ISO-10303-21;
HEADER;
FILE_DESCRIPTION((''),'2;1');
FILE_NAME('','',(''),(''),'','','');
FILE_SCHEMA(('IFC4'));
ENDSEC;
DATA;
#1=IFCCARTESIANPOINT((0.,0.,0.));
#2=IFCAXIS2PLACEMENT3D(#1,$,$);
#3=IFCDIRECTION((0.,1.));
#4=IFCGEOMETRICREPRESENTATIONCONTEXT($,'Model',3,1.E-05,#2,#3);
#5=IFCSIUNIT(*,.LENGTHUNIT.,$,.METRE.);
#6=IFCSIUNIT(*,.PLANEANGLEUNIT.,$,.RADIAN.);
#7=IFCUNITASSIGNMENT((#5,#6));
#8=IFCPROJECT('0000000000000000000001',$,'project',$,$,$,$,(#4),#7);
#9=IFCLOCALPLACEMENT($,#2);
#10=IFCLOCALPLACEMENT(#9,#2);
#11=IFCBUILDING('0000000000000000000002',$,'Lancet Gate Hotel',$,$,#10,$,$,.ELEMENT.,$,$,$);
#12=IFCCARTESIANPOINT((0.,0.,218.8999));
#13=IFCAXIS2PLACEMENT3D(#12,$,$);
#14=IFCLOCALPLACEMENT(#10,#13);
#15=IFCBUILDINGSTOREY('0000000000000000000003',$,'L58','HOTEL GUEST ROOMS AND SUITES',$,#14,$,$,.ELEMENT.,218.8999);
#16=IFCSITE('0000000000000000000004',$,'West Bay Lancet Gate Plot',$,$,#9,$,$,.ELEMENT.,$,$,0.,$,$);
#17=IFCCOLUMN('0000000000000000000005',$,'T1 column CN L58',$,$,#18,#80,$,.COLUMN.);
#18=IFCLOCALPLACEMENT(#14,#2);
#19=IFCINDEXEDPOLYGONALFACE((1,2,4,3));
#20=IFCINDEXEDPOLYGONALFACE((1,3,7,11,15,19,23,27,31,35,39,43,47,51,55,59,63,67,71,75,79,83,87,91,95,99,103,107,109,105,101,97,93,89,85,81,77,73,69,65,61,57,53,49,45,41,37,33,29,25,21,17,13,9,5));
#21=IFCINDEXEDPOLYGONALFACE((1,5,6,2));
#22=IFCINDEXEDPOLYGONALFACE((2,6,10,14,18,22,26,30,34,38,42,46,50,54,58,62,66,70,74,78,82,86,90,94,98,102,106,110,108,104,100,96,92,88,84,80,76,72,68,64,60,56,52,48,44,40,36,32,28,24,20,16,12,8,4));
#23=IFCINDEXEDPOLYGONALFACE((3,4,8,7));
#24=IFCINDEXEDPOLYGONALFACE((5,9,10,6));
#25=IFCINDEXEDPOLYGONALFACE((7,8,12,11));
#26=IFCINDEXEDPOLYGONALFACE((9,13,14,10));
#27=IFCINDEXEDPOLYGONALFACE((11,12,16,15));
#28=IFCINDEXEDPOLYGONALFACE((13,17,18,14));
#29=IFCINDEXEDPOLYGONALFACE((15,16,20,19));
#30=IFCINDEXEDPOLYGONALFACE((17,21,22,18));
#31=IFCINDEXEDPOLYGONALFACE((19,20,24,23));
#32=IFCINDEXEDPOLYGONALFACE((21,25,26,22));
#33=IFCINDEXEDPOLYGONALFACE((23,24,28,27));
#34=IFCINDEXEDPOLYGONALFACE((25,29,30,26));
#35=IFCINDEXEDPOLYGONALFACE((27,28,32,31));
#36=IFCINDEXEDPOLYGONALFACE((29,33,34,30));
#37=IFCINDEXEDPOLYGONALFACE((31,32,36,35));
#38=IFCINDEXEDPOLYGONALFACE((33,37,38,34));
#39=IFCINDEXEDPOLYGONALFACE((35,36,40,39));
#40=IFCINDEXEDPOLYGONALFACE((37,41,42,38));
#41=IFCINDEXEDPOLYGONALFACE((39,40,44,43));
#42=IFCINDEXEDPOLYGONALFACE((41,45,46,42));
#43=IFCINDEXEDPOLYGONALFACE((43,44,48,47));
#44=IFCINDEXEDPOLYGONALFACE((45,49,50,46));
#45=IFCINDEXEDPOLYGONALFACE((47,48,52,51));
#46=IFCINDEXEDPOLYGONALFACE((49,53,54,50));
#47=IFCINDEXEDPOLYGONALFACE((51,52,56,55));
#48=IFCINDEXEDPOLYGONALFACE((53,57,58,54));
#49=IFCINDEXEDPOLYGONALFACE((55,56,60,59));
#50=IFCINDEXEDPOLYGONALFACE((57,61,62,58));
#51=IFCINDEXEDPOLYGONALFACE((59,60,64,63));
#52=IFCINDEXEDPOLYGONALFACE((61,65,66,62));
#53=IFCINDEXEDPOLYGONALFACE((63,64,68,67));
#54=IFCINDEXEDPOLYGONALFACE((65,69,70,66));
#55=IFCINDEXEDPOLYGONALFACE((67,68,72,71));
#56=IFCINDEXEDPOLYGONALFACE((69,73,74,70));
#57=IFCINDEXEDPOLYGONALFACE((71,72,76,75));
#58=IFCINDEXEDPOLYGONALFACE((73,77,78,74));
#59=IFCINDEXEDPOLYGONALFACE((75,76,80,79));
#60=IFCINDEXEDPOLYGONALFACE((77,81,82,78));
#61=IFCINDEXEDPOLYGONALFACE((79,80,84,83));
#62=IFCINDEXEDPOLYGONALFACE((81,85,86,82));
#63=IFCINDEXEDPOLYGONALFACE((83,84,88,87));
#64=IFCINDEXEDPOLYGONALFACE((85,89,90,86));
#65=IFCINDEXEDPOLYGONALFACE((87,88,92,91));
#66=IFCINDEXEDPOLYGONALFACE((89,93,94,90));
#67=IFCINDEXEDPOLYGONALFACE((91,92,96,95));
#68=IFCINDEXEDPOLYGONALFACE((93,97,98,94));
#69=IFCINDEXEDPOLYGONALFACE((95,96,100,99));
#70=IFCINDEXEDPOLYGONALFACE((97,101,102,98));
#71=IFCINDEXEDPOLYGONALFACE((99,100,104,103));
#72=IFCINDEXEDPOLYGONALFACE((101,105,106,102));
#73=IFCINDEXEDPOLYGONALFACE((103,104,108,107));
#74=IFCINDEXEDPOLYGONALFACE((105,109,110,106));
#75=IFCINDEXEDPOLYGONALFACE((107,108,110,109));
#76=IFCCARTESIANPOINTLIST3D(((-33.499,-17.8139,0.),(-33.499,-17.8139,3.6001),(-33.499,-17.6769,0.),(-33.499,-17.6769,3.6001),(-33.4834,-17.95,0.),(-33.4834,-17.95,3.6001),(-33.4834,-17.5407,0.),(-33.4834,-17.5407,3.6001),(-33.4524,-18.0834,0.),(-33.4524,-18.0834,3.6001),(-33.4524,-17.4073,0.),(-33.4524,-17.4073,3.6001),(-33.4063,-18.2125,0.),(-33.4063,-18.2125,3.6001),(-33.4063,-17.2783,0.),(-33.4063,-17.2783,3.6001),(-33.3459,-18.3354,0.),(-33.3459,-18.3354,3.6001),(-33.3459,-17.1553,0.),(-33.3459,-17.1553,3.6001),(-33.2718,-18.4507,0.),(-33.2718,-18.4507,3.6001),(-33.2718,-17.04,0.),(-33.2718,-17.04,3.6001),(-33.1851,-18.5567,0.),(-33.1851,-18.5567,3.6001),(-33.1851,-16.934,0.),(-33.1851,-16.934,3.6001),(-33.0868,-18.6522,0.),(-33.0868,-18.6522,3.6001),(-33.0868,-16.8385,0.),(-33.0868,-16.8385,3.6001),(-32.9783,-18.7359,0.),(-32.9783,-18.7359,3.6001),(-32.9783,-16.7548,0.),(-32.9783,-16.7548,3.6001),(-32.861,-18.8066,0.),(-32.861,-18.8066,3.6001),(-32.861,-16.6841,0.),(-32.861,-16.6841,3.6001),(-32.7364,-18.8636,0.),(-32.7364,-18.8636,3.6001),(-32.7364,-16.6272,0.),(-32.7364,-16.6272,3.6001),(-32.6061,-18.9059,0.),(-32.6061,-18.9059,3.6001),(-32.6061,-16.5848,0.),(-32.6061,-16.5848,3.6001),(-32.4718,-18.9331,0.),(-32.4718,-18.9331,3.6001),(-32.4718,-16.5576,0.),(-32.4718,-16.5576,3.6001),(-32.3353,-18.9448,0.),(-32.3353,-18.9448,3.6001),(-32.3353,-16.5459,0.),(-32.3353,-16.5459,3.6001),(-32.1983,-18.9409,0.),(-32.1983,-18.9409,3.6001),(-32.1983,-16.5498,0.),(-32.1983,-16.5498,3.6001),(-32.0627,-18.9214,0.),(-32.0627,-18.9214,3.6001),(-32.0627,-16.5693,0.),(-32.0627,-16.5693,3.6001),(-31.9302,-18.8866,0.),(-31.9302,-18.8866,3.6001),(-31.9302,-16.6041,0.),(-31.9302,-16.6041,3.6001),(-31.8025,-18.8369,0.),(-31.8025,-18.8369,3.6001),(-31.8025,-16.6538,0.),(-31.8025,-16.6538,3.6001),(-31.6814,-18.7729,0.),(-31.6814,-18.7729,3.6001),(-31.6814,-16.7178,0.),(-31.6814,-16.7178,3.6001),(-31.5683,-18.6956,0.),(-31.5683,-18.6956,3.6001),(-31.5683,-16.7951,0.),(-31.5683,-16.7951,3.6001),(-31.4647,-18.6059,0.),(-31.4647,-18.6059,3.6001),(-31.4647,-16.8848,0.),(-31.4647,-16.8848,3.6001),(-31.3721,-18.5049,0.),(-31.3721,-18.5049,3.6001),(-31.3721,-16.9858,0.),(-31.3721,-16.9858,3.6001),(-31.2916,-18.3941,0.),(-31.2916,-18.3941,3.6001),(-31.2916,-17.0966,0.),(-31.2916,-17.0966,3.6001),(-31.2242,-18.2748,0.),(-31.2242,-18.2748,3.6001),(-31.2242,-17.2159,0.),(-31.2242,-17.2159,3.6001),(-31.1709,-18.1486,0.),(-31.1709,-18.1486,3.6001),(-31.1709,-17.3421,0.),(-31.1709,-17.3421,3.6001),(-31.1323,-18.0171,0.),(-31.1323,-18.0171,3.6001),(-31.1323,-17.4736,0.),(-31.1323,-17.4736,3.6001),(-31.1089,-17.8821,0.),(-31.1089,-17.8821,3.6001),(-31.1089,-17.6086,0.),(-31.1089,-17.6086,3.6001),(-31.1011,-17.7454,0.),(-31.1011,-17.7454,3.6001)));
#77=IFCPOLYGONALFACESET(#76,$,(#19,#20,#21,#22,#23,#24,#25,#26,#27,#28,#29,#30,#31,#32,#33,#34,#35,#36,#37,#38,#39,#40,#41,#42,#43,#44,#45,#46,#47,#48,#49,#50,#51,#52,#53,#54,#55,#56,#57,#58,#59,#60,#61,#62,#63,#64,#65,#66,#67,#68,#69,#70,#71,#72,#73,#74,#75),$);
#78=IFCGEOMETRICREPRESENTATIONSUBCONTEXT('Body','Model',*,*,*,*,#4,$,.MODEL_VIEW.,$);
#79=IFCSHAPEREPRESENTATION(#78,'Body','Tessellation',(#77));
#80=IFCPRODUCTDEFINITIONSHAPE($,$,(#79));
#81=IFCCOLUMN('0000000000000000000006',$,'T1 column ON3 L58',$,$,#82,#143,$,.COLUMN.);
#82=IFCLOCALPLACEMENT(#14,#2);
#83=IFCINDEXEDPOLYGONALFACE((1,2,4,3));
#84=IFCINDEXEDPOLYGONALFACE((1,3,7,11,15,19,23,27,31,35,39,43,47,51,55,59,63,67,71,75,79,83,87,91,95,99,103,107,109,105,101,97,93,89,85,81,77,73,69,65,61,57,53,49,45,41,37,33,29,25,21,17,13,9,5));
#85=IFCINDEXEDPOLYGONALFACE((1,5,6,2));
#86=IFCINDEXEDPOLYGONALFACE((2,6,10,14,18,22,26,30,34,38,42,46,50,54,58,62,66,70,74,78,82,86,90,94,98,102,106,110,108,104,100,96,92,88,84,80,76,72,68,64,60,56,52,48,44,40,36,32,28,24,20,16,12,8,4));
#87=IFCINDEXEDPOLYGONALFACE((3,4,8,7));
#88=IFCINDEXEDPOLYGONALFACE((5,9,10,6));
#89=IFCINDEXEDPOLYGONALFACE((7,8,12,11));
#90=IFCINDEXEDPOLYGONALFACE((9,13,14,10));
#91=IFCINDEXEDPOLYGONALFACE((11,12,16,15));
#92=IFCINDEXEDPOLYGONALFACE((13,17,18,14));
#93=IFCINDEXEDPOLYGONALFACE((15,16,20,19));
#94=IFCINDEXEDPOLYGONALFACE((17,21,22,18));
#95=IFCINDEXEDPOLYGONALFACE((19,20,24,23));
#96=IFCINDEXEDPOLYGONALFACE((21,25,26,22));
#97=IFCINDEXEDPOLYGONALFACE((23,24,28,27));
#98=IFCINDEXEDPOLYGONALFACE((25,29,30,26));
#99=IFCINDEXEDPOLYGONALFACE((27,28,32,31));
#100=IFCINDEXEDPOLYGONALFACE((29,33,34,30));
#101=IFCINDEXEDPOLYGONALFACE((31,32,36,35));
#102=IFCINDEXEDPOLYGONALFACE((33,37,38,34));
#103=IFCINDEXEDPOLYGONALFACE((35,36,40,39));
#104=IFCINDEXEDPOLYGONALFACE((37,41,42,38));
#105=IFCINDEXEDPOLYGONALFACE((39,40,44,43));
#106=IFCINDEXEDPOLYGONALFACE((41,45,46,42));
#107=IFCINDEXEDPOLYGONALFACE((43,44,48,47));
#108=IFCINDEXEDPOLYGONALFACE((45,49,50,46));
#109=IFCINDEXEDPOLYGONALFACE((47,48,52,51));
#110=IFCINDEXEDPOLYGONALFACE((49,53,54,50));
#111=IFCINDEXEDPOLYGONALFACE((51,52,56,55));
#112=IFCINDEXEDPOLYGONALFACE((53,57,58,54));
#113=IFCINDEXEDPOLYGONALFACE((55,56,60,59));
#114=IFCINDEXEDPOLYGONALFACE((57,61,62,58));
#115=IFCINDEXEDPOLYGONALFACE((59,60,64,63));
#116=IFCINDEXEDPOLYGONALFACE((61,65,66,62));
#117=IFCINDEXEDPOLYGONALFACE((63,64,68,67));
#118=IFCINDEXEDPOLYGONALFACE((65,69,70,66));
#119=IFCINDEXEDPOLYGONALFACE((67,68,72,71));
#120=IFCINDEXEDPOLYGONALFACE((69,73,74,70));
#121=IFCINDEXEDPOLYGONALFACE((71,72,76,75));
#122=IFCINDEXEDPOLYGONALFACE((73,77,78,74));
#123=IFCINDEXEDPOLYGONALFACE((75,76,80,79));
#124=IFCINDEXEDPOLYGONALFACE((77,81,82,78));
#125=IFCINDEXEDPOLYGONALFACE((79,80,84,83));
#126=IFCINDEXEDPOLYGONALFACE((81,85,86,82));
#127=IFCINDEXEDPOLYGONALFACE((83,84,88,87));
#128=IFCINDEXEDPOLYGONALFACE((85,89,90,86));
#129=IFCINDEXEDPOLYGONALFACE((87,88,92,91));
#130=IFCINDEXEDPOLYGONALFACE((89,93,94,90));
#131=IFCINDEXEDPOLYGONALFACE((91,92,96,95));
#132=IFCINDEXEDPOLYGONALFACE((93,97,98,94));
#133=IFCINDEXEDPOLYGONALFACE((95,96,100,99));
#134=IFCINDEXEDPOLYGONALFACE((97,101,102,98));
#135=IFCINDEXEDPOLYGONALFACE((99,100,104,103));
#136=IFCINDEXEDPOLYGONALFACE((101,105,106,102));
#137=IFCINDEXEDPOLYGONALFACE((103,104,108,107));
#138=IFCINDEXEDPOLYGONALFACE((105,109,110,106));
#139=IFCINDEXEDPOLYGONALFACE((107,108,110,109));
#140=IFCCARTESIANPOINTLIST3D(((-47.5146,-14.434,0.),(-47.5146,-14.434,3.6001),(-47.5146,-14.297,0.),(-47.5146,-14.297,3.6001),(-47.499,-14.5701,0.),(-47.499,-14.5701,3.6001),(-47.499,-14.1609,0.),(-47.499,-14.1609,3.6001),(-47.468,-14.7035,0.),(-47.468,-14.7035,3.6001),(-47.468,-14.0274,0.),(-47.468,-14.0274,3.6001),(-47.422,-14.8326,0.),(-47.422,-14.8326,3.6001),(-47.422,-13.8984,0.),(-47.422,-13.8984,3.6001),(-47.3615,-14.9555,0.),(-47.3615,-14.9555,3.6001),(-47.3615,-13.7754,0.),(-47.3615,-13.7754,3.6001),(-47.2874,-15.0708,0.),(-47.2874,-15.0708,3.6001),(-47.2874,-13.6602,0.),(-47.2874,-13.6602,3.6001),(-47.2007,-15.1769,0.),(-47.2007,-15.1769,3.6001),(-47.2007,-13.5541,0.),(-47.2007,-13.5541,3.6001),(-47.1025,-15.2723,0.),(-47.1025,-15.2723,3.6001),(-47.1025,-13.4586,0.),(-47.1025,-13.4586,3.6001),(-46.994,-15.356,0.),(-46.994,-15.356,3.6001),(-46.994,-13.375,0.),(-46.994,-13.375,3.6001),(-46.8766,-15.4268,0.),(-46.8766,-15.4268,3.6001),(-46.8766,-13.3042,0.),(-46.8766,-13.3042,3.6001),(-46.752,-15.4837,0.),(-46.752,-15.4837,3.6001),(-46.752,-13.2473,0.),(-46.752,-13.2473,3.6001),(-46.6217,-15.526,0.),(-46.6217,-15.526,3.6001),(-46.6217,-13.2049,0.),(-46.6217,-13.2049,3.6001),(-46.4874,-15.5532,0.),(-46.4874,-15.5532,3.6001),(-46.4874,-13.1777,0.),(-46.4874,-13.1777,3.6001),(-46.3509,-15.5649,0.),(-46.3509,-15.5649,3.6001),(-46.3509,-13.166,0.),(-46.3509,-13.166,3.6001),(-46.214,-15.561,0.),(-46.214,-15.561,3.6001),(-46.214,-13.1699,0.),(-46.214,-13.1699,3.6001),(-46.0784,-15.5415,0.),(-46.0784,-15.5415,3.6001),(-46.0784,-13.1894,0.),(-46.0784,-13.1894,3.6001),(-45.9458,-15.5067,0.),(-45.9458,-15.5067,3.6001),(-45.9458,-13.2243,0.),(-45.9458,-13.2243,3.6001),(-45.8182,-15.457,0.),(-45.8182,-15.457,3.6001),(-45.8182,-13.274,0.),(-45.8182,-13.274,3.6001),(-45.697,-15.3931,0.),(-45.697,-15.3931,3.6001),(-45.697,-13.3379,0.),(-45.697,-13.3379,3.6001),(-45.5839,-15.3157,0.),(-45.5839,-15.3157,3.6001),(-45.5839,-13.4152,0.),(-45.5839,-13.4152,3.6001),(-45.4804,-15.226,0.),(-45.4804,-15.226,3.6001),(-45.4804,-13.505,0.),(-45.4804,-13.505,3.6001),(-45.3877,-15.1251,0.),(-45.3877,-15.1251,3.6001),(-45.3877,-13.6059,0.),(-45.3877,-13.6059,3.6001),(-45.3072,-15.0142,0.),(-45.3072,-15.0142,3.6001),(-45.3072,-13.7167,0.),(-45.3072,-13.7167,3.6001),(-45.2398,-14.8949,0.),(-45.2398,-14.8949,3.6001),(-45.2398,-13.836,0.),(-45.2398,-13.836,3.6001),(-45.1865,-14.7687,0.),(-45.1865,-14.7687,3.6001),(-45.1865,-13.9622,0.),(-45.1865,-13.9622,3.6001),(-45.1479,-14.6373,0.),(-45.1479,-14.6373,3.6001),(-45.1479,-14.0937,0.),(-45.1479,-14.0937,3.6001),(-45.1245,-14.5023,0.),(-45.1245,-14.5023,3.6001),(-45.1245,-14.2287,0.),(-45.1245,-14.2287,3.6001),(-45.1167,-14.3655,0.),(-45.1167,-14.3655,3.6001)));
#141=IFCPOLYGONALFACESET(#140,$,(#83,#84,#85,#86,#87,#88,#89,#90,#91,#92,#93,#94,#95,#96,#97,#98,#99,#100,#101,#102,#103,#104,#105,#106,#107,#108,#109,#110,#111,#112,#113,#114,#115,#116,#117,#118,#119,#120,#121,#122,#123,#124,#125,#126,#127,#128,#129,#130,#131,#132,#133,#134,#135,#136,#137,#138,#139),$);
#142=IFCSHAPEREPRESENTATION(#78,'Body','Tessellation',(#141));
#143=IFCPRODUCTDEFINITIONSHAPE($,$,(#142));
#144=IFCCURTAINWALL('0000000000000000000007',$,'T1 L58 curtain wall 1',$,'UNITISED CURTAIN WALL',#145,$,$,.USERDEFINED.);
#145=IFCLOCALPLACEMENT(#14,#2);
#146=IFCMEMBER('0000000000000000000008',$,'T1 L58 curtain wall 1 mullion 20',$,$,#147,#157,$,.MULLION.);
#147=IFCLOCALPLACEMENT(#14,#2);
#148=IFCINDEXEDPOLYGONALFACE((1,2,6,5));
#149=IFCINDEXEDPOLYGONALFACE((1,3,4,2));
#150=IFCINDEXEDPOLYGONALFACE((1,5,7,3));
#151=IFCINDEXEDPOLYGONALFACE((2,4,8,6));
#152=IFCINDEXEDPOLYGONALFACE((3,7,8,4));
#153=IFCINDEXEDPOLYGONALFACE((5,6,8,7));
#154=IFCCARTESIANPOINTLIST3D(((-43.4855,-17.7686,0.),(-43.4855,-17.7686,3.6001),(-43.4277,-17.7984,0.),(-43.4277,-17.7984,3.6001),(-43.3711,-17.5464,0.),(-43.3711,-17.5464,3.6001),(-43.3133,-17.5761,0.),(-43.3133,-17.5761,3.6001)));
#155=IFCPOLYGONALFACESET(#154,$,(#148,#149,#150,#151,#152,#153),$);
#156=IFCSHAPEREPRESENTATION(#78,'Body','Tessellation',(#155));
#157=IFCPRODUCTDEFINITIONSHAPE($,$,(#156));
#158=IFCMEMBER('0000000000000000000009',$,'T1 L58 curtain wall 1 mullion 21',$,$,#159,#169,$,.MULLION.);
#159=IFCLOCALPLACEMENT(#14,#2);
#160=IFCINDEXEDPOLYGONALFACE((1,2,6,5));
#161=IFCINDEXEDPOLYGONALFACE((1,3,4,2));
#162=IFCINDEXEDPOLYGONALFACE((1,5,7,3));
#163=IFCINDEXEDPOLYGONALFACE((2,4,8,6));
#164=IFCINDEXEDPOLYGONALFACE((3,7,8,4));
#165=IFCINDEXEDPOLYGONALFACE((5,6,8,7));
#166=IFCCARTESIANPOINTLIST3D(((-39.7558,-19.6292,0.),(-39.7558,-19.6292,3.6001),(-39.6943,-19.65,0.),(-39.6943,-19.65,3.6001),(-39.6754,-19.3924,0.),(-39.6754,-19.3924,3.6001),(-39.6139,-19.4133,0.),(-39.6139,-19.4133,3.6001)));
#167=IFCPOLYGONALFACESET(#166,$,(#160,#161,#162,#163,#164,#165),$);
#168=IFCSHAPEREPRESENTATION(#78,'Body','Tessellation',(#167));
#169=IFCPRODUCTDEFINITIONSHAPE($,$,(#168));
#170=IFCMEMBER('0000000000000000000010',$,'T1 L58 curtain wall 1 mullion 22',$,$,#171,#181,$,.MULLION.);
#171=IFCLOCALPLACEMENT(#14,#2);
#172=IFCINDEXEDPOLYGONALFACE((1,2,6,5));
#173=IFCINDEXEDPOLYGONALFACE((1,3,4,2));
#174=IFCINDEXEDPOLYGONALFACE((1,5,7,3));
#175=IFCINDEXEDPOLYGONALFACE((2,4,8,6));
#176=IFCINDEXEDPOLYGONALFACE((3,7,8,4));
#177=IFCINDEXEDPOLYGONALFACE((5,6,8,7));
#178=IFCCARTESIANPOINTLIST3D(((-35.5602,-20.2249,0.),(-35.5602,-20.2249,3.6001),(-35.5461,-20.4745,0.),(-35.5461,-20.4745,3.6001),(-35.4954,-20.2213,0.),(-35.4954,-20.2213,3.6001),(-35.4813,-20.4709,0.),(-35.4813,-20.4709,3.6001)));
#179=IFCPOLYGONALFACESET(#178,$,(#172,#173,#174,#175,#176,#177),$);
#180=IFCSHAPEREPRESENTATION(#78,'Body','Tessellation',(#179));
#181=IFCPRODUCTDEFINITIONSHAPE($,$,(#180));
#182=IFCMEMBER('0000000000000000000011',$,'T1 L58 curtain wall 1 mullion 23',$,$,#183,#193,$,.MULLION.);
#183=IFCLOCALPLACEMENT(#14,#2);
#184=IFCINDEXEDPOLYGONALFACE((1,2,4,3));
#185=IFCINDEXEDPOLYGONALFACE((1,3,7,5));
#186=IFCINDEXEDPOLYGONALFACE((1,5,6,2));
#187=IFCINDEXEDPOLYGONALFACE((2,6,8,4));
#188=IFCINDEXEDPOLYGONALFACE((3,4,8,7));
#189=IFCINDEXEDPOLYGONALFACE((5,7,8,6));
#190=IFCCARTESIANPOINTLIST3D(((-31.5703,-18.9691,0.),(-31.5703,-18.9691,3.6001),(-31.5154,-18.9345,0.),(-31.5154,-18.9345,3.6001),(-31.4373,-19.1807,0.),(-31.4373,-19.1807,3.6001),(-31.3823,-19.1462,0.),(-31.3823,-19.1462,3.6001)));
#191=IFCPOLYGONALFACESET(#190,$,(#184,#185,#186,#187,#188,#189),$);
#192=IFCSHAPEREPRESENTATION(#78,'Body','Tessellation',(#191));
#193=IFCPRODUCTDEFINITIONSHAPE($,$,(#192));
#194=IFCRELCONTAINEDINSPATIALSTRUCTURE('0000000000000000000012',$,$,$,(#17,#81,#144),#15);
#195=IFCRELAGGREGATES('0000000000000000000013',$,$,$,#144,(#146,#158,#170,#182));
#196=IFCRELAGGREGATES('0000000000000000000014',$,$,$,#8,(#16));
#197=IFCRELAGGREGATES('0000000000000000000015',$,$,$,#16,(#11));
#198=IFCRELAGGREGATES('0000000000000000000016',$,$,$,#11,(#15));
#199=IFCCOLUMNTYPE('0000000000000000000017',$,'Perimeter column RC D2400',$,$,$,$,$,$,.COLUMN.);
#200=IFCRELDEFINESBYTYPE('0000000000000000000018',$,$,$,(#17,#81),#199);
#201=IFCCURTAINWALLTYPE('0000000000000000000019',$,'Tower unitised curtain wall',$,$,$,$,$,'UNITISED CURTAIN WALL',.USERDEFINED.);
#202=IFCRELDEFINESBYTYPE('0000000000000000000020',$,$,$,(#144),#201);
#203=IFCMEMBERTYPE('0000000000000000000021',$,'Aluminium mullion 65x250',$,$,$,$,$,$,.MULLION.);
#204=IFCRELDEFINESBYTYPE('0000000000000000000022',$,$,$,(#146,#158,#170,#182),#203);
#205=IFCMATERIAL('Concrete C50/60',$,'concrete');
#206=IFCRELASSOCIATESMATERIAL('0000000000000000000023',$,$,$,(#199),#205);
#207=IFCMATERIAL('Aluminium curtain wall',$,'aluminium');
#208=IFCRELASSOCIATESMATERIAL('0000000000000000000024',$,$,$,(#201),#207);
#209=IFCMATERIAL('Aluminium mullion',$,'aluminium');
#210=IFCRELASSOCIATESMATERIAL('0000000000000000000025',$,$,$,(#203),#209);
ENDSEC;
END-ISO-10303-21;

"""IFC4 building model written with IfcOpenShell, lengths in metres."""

from ifc_helpers import new_model, si_unit, direction, frame, origin, origin_2d, place, context, subcontext, project, spatial, rectangle, circle, extrude, material, material_profile, profile_set, type_object, element, aggregate, save


model = new_model("IFC4")

# Units and contexts
model_context = context("Model", 3, precision=1e-05, world=origin(), true_north=direction((0.0, 1.0)))
body_context = subcontext(model_context, "Body", "Model", "MODEL_VIEW")
ifc_project = project(units=[si_unit("LENGTHUNIT", "METRE"), si_unit("PLANEANGLEUNIT", "RADIAN")], contexts=[model_context])

# Site, building, storey
site_placement = place(None, origin())
site = spatial("IfcSite", under=ifc_project, at=site_placement, Name="West Bay Lancet Gate Plot", CompositionType="ELEMENT", RefElevation=0.0)
building_placement = place(site_placement, origin())
building = spatial("IfcBuilding", under=site, at=building_placement, Name="Lancet Gate Hotel", CompositionType="ELEMENT")
storey_placement = place(building_placement, frame((0.0, 0.0, 218.8999)))
storey = spatial("IfcBuildingStorey", under=building, at=storey_placement, Name="L58", Description="HOTEL GUEST ROOMS AND SUITES", CompositionType="ELEMENT", Elevation=218.8999)

# Columns
ifc_material_1 = material(Name="Concrete C50/60", Category="concrete")
ifc_material_profile_1 = material_profile(ifc_material_1, circle(Radius=1.2, at=origin_2d()), Name="RC D2400")
ifc_profile_set_1 = profile_set([ifc_material_profile_1], Name="Concrete C50/60")
column_type = type_object("IfcColumnType", Name="Perimeter column RC D2400", PredefinedType="COLUMN", material=ifc_profile_set_1)
for number, where, z_axis, x_axis, name in (
    (1, (-32.301, -17.7454, 0.0), (0.0, 0.0, 1.0), (1.0, 0.0, 0.0), "T1 column CN L58"),
    (2, (-46.3167, -14.3655, 0.0), (0.0, 0.0, 1.0), (1.0, 0.0, 0.0), "T1 column ON3 L58"),
):
    element("IfcColumn", number, at=place(storey_placement, frame(where, z_axis=z_axis, x_axis=x_axis)), inside=storey, type_object=column_type, Name=name, PredefinedType="COLUMN", context=body_context, shape_type="SweptSolid", body=[
        extrude(circle(Radius=1.2, at=origin_2d()), origin(), (0.0, 0.0, 1.0), 3.6001),
    ])

# Curtain wall, members
ifc_material_2 = material(Name="Aluminium curtain wall", Category="aluminium")
curtain_wall_type = type_object("IfcCurtainWallType", Name="Tower unitised curtain wall", ElementType="UNITISED CURTAIN WALL", PredefinedType="USERDEFINED", material=ifc_material_2)
curtain_wall_placement = place(storey_placement, origin())
curtain_wall = element("IfcCurtainWall", 3, at=curtain_wall_placement, inside=storey, type_object=curtain_wall_type, Name="T1 L58 curtain wall 1", ObjectType="UNITISED CURTAIN WALL", PredefinedType="USERDEFINED")
ifc_material_3 = material(Name="Aluminium mullion", Category="aluminium")
ifc_material_profile_2 = material_profile(ifc_material_3, rectangle(XDim=0.0649, YDim=0.25, at=origin_2d()), Name="MULLION 65x250")
ifc_profile_set_2 = profile_set([ifc_material_profile_2], Name="Aluminium mullion")
member_type_1 = type_object("IfcMemberType", Name="Aluminium mullion 65x250", PredefinedType="MULLION", material=ifc_profile_set_2)
member_1_placement = place(storey_placement, frame((-43.3994, -17.6724, 0.0), z_axis=(0.0, 0.0, 1.0), x_axis=(0.889156, -0.457605, 0.0)))
member_1 = element("IfcMember", 4, at=member_1_placement, type_object=member_type_1, Name="T1 L58 curtain wall 1 mullion 20", PredefinedType="MULLION", context=body_context, shape_type="SweptSolid", body=[
    extrude(rectangle(XDim=0.0649, YDim=0.25, at=origin_2d()), origin(), (0.0, 0.0, 1.0), 3.6001),
])
member_2_placement = place(storey_placement, frame((-39.6848, -19.5212, 0.0), z_axis=(0.0, 0.0, 1.0), x_axis=(0.946888, -0.321564, 0.0)))
member_2 = element("IfcMember", 5, at=member_2_placement, type_object=member_type_1, Name="T1 L58 curtain wall 1 mullion 21", PredefinedType="MULLION", context=body_context, shape_type="SweptSolid", body=[
    extrude(rectangle(XDim=0.0649, YDim=0.25, at=origin_2d()), origin(), (0.0, 0.0, 1.0), 3.6001),
])
member_3_placement = place(storey_placement, frame((-35.5208, -20.3479, 0.0), z_axis=(0.0, 0.0, 1.0), x_axis=(0.998409, 0.056384, 0.0)))
member_3 = element("IfcMember", 6, at=member_3_placement, type_object=member_type_1, Name="T1 L58 curtain wall 1 mullion 22", PredefinedType="MULLION", context=body_context, shape_type="SweptSolid", body=[
    extrude(rectangle(XDim=0.0649, YDim=0.25, at=origin_2d()), origin(), (0.0, 0.0, 1.0), 3.6001),
])
member_4_placement = place(storey_placement, frame((-31.4763, -19.0576, 0.0), z_axis=(0.0, 0.0, 1.0), x_axis=(0.846613, 0.532209, 0.0)))
member_4 = element("IfcMember", 7, at=member_4_placement, type_object=member_type_1, Name="T1 L58 curtain wall 1 mullion 23", PredefinedType="MULLION", context=body_context, shape_type="SweptSolid", body=[
    extrude(rectangle(XDim=0.0649, YDim=0.25, at=origin_2d()), origin(), (0.0, 0.0, 1.0), 3.6001),
])

aggregate(curtain_wall, [member_1, member_2, member_3, member_4])

save(model, "model.ifc")
